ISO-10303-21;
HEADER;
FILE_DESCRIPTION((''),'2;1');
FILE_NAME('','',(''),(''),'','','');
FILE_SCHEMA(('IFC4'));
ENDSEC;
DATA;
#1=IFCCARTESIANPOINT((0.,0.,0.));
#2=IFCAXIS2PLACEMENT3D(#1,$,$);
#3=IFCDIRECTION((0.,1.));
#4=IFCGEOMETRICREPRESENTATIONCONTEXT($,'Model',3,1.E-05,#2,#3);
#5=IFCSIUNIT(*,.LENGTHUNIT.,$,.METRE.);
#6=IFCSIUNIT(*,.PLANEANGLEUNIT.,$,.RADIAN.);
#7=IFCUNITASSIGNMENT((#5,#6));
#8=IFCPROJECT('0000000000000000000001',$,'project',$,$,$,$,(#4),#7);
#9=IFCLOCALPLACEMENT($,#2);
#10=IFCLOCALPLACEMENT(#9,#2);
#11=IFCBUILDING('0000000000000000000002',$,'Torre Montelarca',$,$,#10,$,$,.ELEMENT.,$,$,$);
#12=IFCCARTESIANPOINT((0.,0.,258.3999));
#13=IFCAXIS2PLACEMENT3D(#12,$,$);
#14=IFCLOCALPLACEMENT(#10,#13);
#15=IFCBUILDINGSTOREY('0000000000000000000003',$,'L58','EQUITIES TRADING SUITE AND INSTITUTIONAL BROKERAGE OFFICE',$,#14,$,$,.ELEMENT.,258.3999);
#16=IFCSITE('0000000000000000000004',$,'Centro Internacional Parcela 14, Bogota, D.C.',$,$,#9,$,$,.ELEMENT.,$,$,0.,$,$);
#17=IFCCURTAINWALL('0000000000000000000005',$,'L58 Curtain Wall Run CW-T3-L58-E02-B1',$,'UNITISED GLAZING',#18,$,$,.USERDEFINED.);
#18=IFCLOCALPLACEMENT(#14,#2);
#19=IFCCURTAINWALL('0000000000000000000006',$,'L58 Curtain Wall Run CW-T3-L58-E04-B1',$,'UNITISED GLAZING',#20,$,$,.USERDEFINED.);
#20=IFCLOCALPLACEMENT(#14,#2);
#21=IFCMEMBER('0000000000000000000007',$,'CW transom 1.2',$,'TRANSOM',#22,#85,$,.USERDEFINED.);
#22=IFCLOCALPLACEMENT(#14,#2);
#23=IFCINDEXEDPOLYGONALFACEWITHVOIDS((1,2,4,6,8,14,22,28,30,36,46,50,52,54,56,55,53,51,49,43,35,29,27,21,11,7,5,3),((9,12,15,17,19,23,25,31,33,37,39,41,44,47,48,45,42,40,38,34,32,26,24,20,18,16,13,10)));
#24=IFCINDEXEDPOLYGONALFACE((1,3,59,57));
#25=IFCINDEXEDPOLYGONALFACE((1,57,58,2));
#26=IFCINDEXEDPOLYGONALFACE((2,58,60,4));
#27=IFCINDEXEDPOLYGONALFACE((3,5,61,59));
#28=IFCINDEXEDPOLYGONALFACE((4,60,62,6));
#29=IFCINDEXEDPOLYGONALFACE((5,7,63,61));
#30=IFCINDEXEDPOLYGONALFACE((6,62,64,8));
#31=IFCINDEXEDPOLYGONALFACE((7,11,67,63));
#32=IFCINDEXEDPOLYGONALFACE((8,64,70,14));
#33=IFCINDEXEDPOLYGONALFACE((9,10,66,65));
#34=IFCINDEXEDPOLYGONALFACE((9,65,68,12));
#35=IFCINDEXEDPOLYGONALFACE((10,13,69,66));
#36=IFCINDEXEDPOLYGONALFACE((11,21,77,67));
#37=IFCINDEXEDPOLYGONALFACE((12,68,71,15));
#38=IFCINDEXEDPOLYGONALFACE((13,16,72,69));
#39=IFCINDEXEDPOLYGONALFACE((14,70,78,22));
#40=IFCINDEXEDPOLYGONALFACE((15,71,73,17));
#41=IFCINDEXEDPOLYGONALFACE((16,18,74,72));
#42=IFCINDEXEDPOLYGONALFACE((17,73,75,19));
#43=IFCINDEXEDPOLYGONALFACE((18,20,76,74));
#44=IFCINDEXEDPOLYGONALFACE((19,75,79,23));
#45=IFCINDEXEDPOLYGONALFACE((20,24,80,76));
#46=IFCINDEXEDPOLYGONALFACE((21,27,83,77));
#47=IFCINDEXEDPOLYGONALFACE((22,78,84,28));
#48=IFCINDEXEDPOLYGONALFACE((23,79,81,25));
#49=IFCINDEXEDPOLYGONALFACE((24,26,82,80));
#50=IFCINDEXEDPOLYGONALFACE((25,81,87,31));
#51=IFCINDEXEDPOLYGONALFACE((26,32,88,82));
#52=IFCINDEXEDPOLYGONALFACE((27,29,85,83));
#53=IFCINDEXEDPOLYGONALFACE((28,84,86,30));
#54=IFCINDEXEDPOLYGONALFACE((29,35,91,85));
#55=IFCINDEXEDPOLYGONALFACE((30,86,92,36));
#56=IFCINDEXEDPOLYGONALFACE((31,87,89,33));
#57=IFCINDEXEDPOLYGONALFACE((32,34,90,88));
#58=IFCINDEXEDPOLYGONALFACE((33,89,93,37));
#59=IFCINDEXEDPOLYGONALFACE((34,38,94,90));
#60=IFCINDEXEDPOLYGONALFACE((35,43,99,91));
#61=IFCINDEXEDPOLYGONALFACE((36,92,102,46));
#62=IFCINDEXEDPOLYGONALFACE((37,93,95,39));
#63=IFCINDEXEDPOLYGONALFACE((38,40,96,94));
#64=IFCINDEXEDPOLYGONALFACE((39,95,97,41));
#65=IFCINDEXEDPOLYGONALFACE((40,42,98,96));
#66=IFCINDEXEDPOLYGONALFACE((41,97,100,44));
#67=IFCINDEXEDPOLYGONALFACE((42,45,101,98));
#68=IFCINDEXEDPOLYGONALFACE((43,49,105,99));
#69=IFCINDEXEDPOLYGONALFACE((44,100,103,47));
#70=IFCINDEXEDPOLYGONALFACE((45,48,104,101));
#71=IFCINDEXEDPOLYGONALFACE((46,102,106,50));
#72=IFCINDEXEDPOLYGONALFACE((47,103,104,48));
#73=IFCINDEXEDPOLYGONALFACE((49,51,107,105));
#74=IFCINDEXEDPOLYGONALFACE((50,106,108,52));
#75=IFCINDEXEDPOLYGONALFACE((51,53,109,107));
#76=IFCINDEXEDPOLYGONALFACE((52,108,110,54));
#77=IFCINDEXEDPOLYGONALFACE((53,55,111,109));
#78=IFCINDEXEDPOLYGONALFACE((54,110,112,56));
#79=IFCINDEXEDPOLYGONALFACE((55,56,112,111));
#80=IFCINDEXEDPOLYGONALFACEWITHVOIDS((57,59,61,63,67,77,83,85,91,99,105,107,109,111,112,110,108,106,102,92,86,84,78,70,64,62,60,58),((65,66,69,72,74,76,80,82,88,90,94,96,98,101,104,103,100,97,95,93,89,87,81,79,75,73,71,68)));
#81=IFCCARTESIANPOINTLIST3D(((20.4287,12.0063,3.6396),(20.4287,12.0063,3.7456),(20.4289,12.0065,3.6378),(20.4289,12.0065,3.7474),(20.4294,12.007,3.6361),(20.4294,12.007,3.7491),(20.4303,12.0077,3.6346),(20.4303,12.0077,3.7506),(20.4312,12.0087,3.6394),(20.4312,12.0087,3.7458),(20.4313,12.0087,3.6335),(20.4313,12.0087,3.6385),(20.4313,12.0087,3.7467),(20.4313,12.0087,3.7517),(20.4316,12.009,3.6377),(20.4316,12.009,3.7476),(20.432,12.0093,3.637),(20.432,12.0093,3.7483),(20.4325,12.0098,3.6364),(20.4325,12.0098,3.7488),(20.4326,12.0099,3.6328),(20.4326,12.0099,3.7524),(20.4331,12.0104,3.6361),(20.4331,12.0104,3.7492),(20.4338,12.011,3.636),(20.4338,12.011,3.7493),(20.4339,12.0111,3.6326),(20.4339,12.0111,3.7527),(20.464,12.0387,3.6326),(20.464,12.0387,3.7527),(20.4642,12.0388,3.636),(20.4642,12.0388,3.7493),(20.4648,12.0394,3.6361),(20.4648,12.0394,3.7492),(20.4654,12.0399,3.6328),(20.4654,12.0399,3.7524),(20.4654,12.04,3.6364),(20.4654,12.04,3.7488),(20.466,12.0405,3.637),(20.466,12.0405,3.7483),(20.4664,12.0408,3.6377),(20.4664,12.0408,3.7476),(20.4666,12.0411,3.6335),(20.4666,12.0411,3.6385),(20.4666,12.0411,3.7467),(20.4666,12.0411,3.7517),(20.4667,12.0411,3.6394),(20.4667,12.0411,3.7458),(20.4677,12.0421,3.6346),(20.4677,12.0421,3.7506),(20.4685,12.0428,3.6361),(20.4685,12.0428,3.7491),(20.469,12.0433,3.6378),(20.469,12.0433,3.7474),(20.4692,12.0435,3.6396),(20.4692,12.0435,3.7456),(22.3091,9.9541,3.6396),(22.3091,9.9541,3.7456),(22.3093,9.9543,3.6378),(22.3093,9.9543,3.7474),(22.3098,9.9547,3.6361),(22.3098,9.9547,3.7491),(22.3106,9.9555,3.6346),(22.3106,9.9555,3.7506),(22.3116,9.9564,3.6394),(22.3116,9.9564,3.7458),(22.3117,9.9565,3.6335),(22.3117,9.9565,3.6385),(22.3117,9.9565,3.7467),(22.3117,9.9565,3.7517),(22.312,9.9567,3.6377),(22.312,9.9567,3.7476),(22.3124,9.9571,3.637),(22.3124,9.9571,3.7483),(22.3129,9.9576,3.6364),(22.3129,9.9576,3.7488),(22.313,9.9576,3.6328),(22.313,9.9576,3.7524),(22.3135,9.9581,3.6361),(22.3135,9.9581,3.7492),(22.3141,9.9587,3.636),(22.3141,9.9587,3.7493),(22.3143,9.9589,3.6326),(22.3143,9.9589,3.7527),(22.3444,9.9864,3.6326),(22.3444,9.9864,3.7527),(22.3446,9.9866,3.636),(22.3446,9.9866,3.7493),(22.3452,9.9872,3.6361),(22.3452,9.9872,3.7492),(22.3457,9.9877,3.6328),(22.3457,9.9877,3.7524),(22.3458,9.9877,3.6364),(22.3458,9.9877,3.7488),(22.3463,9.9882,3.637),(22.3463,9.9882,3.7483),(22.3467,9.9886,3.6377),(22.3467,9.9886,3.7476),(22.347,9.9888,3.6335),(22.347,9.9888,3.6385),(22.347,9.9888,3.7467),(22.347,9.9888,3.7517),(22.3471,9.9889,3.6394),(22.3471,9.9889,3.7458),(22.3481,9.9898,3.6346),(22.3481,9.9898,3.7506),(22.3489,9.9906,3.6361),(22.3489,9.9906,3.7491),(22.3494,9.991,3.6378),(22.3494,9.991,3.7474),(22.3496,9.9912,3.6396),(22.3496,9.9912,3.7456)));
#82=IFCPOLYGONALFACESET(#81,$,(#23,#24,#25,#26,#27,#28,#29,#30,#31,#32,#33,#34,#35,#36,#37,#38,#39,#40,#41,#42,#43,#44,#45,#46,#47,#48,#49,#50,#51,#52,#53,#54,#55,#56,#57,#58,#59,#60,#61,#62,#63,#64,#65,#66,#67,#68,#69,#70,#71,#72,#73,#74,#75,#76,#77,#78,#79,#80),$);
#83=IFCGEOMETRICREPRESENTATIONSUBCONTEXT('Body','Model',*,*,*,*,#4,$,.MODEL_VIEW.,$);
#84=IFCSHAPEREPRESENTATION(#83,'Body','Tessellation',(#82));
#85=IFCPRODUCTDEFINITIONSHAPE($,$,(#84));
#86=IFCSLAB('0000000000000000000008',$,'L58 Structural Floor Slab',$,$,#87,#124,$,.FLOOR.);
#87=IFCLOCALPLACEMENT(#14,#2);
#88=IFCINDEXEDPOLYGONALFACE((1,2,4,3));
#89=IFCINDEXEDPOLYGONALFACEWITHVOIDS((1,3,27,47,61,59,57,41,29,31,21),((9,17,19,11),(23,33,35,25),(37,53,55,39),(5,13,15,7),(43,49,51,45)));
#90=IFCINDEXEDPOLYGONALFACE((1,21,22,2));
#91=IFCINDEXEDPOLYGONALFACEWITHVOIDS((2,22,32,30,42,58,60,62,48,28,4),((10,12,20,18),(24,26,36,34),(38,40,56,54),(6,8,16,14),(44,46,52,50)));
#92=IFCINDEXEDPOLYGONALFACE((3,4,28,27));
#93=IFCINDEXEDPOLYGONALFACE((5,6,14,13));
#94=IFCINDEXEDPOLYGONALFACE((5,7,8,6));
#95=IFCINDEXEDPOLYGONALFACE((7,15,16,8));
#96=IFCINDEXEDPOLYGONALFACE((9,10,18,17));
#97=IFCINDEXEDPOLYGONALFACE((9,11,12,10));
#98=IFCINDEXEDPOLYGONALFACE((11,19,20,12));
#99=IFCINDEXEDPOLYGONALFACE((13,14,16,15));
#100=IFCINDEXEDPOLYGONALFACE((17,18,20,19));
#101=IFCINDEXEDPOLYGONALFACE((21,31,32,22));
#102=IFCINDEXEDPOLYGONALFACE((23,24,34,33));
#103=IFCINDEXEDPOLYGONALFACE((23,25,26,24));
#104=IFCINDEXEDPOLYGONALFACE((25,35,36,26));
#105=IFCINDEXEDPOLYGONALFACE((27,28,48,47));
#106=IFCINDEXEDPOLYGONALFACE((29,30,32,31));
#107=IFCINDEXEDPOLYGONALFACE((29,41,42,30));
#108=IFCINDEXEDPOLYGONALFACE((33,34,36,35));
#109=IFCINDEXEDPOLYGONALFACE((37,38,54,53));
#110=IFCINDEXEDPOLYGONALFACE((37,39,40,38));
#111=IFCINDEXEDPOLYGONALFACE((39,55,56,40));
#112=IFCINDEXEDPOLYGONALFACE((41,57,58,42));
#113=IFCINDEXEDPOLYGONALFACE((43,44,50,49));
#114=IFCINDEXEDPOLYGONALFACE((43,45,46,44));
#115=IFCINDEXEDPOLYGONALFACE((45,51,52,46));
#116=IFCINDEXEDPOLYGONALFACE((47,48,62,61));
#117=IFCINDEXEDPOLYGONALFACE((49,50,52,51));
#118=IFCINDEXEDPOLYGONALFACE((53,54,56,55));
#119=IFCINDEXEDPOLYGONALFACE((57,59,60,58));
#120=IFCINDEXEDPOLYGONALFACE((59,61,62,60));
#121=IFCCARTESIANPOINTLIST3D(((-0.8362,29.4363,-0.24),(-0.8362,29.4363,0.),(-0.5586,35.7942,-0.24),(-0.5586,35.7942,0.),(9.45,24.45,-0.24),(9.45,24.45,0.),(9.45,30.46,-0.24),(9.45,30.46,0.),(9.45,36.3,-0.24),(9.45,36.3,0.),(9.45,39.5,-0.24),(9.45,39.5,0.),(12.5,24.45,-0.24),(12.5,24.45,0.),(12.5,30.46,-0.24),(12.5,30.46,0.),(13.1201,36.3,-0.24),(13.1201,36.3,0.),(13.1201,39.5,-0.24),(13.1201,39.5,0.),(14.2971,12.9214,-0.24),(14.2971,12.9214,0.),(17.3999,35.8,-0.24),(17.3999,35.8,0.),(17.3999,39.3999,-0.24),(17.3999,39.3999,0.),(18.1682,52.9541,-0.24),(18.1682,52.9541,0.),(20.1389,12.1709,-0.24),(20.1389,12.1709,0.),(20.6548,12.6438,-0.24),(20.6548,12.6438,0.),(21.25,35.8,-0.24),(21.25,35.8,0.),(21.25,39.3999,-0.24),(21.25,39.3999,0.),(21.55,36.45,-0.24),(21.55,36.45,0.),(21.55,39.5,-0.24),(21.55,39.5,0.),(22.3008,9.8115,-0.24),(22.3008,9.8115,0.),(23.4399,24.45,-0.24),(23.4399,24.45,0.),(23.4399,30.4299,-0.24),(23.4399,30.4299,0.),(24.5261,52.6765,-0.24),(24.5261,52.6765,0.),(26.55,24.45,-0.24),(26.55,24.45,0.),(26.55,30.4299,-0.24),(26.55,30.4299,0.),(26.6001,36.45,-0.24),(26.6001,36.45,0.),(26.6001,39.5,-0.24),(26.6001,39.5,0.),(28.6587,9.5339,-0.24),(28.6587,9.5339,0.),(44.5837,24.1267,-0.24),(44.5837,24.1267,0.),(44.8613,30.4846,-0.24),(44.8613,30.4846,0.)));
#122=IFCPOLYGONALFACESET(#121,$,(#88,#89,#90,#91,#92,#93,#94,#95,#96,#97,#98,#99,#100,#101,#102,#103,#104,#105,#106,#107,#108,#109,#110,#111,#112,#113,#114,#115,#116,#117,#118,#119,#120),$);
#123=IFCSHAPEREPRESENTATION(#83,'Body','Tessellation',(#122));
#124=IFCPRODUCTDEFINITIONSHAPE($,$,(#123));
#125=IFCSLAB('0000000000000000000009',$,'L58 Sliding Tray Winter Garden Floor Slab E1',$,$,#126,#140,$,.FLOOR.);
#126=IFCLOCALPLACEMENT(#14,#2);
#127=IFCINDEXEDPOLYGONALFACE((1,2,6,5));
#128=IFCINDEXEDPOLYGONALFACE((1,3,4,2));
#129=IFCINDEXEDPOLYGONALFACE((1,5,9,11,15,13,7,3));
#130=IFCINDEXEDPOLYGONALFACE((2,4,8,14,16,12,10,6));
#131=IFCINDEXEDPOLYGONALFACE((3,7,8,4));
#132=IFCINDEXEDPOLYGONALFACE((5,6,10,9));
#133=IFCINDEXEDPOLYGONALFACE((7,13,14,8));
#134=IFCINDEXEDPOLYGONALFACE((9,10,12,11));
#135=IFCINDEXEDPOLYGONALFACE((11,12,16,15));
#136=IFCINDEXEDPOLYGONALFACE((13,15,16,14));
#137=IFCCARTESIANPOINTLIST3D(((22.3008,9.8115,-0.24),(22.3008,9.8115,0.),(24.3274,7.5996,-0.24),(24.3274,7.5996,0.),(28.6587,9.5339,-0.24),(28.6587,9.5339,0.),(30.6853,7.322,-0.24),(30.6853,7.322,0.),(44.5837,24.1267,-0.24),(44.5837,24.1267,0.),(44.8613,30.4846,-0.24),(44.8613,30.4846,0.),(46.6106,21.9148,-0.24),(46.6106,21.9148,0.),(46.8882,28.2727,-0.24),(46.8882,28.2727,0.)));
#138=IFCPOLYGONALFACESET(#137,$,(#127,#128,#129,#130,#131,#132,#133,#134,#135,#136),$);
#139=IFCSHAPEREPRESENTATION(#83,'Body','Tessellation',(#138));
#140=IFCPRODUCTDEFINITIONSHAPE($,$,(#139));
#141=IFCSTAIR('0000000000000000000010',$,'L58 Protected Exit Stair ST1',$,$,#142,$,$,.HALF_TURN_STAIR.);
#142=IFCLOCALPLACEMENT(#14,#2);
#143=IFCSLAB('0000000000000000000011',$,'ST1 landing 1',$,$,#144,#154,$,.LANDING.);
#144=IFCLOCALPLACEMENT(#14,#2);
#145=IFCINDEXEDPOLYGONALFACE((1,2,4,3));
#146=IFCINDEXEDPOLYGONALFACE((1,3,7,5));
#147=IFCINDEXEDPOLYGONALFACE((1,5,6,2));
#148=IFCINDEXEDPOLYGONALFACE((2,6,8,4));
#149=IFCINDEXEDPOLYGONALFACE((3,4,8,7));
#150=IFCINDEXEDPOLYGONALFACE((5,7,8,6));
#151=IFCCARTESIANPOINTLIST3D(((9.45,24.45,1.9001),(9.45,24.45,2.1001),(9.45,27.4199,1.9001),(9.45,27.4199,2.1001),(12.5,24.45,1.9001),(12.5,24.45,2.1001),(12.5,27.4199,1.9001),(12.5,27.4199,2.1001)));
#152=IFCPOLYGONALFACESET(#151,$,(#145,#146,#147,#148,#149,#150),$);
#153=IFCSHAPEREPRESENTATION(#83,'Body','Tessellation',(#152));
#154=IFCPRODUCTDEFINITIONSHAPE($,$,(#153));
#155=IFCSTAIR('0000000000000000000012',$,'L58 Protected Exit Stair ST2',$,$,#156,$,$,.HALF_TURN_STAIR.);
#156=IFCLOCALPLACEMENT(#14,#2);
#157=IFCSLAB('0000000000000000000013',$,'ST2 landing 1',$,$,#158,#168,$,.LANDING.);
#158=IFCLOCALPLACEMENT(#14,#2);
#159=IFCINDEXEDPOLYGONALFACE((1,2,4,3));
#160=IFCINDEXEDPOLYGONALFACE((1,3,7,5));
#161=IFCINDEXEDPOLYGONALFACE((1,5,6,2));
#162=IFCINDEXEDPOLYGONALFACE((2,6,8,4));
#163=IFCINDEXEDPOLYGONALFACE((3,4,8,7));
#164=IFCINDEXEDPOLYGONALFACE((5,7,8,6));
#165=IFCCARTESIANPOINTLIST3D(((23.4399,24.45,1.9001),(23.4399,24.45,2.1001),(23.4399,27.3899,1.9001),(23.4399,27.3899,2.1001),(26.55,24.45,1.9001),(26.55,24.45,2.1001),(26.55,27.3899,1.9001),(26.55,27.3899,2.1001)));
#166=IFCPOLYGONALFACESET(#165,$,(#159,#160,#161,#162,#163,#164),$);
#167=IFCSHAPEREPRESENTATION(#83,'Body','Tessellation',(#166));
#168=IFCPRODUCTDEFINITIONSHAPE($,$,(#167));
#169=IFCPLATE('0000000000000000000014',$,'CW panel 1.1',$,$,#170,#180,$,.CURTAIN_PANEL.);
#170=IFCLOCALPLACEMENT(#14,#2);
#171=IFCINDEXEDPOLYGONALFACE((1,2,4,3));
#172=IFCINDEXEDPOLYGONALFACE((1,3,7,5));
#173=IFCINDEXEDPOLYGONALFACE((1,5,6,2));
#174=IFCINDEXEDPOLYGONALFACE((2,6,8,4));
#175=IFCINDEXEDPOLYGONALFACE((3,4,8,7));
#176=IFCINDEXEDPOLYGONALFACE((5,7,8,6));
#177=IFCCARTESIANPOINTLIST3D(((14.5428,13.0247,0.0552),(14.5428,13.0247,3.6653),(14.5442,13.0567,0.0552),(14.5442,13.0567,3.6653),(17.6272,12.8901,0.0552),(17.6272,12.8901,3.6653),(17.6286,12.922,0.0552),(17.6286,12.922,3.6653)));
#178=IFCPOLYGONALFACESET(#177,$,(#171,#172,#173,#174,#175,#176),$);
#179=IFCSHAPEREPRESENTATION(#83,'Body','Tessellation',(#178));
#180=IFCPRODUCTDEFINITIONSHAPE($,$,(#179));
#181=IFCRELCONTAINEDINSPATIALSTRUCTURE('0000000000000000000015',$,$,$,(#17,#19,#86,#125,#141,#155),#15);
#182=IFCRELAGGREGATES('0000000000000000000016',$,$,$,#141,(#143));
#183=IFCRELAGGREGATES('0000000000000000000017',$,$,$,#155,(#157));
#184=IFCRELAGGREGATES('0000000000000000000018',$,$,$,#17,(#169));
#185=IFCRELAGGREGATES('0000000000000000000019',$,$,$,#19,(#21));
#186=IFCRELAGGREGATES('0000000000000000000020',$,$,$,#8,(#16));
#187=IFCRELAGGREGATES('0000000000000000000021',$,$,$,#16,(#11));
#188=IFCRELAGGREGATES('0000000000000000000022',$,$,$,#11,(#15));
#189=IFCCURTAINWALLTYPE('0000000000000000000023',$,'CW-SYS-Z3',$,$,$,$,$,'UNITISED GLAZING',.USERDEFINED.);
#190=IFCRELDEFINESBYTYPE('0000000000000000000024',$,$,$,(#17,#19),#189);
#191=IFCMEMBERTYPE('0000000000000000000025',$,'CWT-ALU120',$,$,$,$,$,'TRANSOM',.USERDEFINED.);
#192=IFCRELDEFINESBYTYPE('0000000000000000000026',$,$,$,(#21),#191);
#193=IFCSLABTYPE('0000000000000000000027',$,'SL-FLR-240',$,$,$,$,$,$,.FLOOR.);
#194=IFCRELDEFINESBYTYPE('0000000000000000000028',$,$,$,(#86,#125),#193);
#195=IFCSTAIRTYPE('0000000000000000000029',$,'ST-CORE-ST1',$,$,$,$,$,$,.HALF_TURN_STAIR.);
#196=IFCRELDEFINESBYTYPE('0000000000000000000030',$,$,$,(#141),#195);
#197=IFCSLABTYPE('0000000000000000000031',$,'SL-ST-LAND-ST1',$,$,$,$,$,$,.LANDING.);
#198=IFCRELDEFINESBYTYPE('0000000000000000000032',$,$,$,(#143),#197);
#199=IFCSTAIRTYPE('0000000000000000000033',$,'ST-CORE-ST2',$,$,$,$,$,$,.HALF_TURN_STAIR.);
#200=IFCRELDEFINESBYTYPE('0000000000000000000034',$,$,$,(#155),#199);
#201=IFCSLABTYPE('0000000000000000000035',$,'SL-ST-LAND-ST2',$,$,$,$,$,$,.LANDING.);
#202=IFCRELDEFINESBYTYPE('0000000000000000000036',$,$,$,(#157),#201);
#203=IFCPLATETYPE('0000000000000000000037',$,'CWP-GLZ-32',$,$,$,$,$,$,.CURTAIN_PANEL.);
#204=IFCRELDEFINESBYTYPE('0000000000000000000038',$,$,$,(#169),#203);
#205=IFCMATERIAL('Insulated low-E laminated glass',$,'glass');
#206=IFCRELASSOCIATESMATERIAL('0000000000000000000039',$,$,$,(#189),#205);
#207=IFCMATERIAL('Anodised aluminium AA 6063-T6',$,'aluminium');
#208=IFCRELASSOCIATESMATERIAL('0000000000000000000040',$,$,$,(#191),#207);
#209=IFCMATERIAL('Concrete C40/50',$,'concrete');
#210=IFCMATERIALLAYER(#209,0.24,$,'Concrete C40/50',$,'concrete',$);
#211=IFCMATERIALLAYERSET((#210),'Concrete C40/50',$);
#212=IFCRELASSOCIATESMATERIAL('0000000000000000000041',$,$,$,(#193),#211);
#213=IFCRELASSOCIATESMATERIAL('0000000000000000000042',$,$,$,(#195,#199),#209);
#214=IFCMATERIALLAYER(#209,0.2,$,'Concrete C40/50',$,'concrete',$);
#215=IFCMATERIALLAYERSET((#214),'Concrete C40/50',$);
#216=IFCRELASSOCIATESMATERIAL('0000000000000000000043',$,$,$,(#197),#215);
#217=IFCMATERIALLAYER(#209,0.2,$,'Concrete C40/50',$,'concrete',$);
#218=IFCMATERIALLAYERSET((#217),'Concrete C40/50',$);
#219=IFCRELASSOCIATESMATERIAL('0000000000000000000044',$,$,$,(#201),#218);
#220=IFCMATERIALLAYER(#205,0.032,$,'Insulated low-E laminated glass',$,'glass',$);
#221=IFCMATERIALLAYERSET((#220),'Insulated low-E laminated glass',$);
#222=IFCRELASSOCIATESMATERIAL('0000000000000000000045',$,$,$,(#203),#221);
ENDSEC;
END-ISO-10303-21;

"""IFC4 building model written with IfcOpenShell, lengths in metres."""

from ifc_helpers import new_model, si_unit, direction, frame, origin, origin_2d, place, context, subcontext, project, spatial, polyline, rectangle, hollow_rectangle, outline, extrude, source, transform, mapped, material, layer, layer_set, material_profile, profile_set, type_object, element, aggregate, save


model = new_model("IFC4")

# Units and contexts
model_context = context("Model", 3, precision=1e-05, world=origin(), true_north=direction((0.0, 1.0)))
body_context = subcontext(model_context, "Body", "Model", "MODEL_VIEW")
ifc_project = project(units=[si_unit("LENGTHUNIT", "METRE"), si_unit("PLANEANGLEUNIT", "RADIAN")], contexts=[model_context])

# Site, building, storey
site_placement = place(None, origin())
site = spatial("IfcSite", under=ifc_project, at=site_placement, Name="Centro Internacional Parcela 14, Bogota, D.C.", CompositionType="ELEMENT", RefElevation=0.0)
building_placement = place(site_placement, origin())
building = spatial("IfcBuilding", under=site, at=building_placement, Name="Torre Montelarca", CompositionType="ELEMENT")
storey_placement = place(building_placement, frame((0.0, 0.0, 258.3999)))
storey = spatial("IfcBuildingStorey", under=building, at=storey_placement, Name="L58", Description="EQUITIES TRADING SUITE AND INSTITUTIONAL BROKERAGE OFFICE", CompositionType="ELEMENT", Elevation=258.3999)

# Curtain wall
ifc_material_1 = material(Name="Insulated low-E laminated glass", Category="glass")
curtain_wall_type = type_object("IfcCurtainWallType", Name="CW-SYS-Z3", ElementType="UNITISED GLAZING", PredefinedType="USERDEFINED", material=ifc_material_1)
curtain_wall_1_placement = place(storey_placement, origin())
curtain_wall_1 = element("IfcCurtainWall", 1, at=curtain_wall_1_placement, inside=storey, type_object=curtain_wall_type, Name="L58 Curtain Wall Run CW-T3-L58-E02-B1", ObjectType="UNITISED GLAZING", PredefinedType="USERDEFINED")
ifc_material_2 = material(Name="Anodised aluminium AA 6063-T6", Category="aluminium")
ifc_material_profile_1 = material_profile(ifc_material_2, hollow_rectangle(XDim=0.0549, YDim=0.1201, WallThickness=0.0034, InnerFilletRadius=0.0034, OuterFilletRadius=0.0071, at=origin_2d()), Name="ALU55X120X3.5", Category="aluminium")
ifc_profile_set_1 = profile_set([ifc_material_profile_1], Name="Anodised aluminium AA 6063-T6")
member_type_1 = type_object("IfcMemberType", Name="CWT-ALU120", ElementType="TRANSOM", PredefinedType="USERDEFINED", material=ifc_profile_set_1)

# Curtain wall
curtain_wall_2_placement = place(storey_placement, origin())
curtain_wall_2 = element("IfcCurtainWall", 2, at=curtain_wall_2_placement, inside=storey, type_object=curtain_wall_type, Name="L58 Curtain Wall Run CW-T3-L58-E04-B1", ObjectType="UNITISED GLAZING", PredefinedType="USERDEFINED")

# Member
shared_shape_1 = source(origin(), body_context, "Body", "SweptSolid", [
    extrude(hollow_rectangle(XDim=0.0549, YDim=0.1201, WallThickness=0.0034, InnerFilletRadius=0.0034, OuterFilletRadius=0.0071, at=origin_2d()), origin(), (0.0, 0.0, 1.0), 2.7834),
])
member_1_placement = place(storey_placement, frame((20.449, 12.0249, 3.6926), z_axis=(0.675558, -0.737307, 0.0), x_axis=(0.737307, 0.675558, 0.0)))
member_1 = element("IfcMember", 3, at=member_1_placement, type_object=member_type_1, Name="CW transom 1.2", ObjectType="TRANSOM", PredefinedType="USERDEFINED", context=body_context, shape_type="MappedRepresentation", body=[
    mapped(shared_shape_1, transform((0.0, 0.0, 0.0), scale=1.0)),
])

# Slabs
ifc_material_3 = material(Name="Concrete C40/50", Category="concrete")
ifc_layer_1 = layer(ifc_material_3, 0.24, Name="Concrete C40/50", Category="concrete")
ifc_layer_set_1 = layer_set([ifc_layer_1], Name="Concrete C40/50")
slab_type_1 = type_object("IfcSlabType", Name="SL-FLR-240", PredefinedType="FLOOR", material=ifc_layer_set_1)
slab_1_placement = place(storey_placement, frame((0.0, 0.0, -0.24)))
element("IfcSlab", 4, at=slab_1_placement, inside=storey, type_object=slab_type_1, Name="L58 Structural Floor Slab", PredefinedType="FLOOR", context=body_context, shape_type="SweptSolid", body=[
    extrude(outline(polyline([(14.2971, 12.9214), (20.6548, 12.6438), (20.1389, 12.1709), (22.3008, 9.8115), (28.6587, 9.5339), (44.5837, 24.1267), (44.8613, 30.4846), (24.5261, 52.6765), (18.1682, 52.9541), (-0.5586, 35.7942), (-0.8362, 29.4363), (14.2971, 12.9214)]), holes=[polyline([(26.55, 24.45), (23.4399, 24.45), (23.4399, 30.4299), (26.55, 30.4299), (26.55, 24.45)]), polyline([(12.5, 24.45), (9.45, 24.45), (9.45, 30.46), (12.5, 30.46), (12.5, 24.45)]), polyline([(21.25, 39.3999), (21.25, 35.8), (17.3999, 35.8), (17.3999, 39.3999), (21.25, 39.3999)]), polyline([(13.1201, 36.3), (9.45, 36.3), (9.45, 39.5), (13.1201, 39.5), (13.1201, 36.3)]), polyline([(26.6001, 36.45), (21.55, 36.45), (21.55, 39.5), (26.6001, 39.5), (26.6001, 36.45)])]), origin(), (0.0, 0.0, 1.0), 0.24),
])
slab_2_placement = place(storey_placement, frame((0.0, 0.0, -0.24)))
element("IfcSlab", 5, at=slab_2_placement, inside=storey, type_object=slab_type_1, Name="L58 Sliding Tray Winter Garden Floor Slab E1", PredefinedType="FLOOR", context=body_context, shape_type="SweptSolid", body=[
    extrude(outline(polyline([(44.8613, 30.4846), (44.5837, 24.1267), (28.6587, 9.5339), (22.3008, 9.8115), (24.3274, 7.5996), (30.6853, 7.322), (46.6106, 21.9148), (46.8882, 28.2727), (44.8613, 30.4846)])), origin(), (0.0, 0.0, 1.0), 0.24),
])

# Stairs, slabs
stair_type_1 = type_object("IfcStairType", Name="ST-CORE-ST1", PredefinedType="HALF_TURN_STAIR", material=ifc_material_3)
stair_1_placement = place(storey_placement, origin())
stair_1 = element("IfcStair", 6, at=stair_1_placement, inside=storey, type_object=stair_type_1, Name="L58 Protected Exit Stair ST1", PredefinedType="HALF_TURN_STAIR")
ifc_layer_2 = layer(ifc_material_3, 0.2, Name="Concrete C40/50", Category="concrete")
ifc_layer_set_2 = layer_set([ifc_layer_2], Name="Concrete C40/50")
slab_type_2 = type_object("IfcSlabType", Name="SL-ST-LAND-ST1", PredefinedType="LANDING", material=ifc_layer_set_2)
slab_3_placement = place(storey_placement, frame((0.0, 0.0, 1.9001)))
slab_3 = element("IfcSlab", 7, at=slab_3_placement, type_object=slab_type_2, Name="ST1 landing 1", PredefinedType="LANDING", context=body_context, shape_type="SweptSolid", body=[
    extrude(outline(polyline([(9.45, 27.4199), (9.45, 24.45), (12.5, 24.45), (12.5, 27.4199), (9.45, 27.4199)])), origin(), (0.0, 0.0, 1.0), 0.2),
])
aggregate(stair_1, [slab_3])
stair_type_2 = type_object("IfcStairType", Name="ST-CORE-ST2", PredefinedType="HALF_TURN_STAIR", material=ifc_material_3)
stair_2_placement = place(storey_placement, origin())
stair_2 = element("IfcStair", 8, at=stair_2_placement, inside=storey, type_object=stair_type_2, Name="L58 Protected Exit Stair ST2", PredefinedType="HALF_TURN_STAIR")
ifc_layer_3 = layer(ifc_material_3, 0.2, Name="Concrete C40/50", Category="concrete")
ifc_layer_set_3 = layer_set([ifc_layer_3], Name="Concrete C40/50")
slab_type_3 = type_object("IfcSlabType", Name="SL-ST-LAND-ST2", PredefinedType="LANDING", material=ifc_layer_set_3)
slab_4_placement = place(storey_placement, frame((0.0, 0.0, 1.9001)))
slab_4 = element("IfcSlab", 9, at=slab_4_placement, type_object=slab_type_3, Name="ST2 landing 1", PredefinedType="LANDING", context=body_context, shape_type="SweptSolid", body=[
    extrude(outline(polyline([(23.4399, 27.3899), (23.4399, 24.45), (26.55, 24.45), (26.55, 27.3899), (23.4399, 27.3899)])), origin(), (0.0, 0.0, 1.0), 0.2),
])
aggregate(stair_2, [slab_4])

# Plate
ifc_layer_4 = layer(ifc_material_1, 0.032, Name="Insulated low-E laminated glass", Category="glass")
ifc_layer_set_4 = layer_set([ifc_layer_4], Name="Insulated low-E laminated glass")
plate_type = type_object("IfcPlateType", Name="CWP-GLZ-32", PredefinedType="CURTAIN_PANEL", material=ifc_layer_set_4)
shared_shape_2 = source(origin(), body_context, "Body", "SweptSolid", [
    extrude(rectangle(XDim=3.0874, YDim=0.032, at=origin_2d()), origin(), (0.0, 0.0, 1.0), 3.6101),
])
plate_1_placement = place(storey_placement, frame((16.0857, 12.9734, 0.0552), z_axis=(0.0, 0.0, 1.0), x_axis=(0.999049, -0.04361, 0.0)))
plate_1 = element("IfcPlate", 10, at=plate_1_placement, type_object=plate_type, Name="CW panel 1.1", PredefinedType="CURTAIN_PANEL", context=body_context, shape_type="MappedRepresentation", body=[
    mapped(shared_shape_2, transform((0.0, 0.0, 0.0), scale=1.0)),
])
aggregate(curtain_wall_1, [plate_1])
aggregate(curtain_wall_2, [member_1])

save(model, "model.ifc")
